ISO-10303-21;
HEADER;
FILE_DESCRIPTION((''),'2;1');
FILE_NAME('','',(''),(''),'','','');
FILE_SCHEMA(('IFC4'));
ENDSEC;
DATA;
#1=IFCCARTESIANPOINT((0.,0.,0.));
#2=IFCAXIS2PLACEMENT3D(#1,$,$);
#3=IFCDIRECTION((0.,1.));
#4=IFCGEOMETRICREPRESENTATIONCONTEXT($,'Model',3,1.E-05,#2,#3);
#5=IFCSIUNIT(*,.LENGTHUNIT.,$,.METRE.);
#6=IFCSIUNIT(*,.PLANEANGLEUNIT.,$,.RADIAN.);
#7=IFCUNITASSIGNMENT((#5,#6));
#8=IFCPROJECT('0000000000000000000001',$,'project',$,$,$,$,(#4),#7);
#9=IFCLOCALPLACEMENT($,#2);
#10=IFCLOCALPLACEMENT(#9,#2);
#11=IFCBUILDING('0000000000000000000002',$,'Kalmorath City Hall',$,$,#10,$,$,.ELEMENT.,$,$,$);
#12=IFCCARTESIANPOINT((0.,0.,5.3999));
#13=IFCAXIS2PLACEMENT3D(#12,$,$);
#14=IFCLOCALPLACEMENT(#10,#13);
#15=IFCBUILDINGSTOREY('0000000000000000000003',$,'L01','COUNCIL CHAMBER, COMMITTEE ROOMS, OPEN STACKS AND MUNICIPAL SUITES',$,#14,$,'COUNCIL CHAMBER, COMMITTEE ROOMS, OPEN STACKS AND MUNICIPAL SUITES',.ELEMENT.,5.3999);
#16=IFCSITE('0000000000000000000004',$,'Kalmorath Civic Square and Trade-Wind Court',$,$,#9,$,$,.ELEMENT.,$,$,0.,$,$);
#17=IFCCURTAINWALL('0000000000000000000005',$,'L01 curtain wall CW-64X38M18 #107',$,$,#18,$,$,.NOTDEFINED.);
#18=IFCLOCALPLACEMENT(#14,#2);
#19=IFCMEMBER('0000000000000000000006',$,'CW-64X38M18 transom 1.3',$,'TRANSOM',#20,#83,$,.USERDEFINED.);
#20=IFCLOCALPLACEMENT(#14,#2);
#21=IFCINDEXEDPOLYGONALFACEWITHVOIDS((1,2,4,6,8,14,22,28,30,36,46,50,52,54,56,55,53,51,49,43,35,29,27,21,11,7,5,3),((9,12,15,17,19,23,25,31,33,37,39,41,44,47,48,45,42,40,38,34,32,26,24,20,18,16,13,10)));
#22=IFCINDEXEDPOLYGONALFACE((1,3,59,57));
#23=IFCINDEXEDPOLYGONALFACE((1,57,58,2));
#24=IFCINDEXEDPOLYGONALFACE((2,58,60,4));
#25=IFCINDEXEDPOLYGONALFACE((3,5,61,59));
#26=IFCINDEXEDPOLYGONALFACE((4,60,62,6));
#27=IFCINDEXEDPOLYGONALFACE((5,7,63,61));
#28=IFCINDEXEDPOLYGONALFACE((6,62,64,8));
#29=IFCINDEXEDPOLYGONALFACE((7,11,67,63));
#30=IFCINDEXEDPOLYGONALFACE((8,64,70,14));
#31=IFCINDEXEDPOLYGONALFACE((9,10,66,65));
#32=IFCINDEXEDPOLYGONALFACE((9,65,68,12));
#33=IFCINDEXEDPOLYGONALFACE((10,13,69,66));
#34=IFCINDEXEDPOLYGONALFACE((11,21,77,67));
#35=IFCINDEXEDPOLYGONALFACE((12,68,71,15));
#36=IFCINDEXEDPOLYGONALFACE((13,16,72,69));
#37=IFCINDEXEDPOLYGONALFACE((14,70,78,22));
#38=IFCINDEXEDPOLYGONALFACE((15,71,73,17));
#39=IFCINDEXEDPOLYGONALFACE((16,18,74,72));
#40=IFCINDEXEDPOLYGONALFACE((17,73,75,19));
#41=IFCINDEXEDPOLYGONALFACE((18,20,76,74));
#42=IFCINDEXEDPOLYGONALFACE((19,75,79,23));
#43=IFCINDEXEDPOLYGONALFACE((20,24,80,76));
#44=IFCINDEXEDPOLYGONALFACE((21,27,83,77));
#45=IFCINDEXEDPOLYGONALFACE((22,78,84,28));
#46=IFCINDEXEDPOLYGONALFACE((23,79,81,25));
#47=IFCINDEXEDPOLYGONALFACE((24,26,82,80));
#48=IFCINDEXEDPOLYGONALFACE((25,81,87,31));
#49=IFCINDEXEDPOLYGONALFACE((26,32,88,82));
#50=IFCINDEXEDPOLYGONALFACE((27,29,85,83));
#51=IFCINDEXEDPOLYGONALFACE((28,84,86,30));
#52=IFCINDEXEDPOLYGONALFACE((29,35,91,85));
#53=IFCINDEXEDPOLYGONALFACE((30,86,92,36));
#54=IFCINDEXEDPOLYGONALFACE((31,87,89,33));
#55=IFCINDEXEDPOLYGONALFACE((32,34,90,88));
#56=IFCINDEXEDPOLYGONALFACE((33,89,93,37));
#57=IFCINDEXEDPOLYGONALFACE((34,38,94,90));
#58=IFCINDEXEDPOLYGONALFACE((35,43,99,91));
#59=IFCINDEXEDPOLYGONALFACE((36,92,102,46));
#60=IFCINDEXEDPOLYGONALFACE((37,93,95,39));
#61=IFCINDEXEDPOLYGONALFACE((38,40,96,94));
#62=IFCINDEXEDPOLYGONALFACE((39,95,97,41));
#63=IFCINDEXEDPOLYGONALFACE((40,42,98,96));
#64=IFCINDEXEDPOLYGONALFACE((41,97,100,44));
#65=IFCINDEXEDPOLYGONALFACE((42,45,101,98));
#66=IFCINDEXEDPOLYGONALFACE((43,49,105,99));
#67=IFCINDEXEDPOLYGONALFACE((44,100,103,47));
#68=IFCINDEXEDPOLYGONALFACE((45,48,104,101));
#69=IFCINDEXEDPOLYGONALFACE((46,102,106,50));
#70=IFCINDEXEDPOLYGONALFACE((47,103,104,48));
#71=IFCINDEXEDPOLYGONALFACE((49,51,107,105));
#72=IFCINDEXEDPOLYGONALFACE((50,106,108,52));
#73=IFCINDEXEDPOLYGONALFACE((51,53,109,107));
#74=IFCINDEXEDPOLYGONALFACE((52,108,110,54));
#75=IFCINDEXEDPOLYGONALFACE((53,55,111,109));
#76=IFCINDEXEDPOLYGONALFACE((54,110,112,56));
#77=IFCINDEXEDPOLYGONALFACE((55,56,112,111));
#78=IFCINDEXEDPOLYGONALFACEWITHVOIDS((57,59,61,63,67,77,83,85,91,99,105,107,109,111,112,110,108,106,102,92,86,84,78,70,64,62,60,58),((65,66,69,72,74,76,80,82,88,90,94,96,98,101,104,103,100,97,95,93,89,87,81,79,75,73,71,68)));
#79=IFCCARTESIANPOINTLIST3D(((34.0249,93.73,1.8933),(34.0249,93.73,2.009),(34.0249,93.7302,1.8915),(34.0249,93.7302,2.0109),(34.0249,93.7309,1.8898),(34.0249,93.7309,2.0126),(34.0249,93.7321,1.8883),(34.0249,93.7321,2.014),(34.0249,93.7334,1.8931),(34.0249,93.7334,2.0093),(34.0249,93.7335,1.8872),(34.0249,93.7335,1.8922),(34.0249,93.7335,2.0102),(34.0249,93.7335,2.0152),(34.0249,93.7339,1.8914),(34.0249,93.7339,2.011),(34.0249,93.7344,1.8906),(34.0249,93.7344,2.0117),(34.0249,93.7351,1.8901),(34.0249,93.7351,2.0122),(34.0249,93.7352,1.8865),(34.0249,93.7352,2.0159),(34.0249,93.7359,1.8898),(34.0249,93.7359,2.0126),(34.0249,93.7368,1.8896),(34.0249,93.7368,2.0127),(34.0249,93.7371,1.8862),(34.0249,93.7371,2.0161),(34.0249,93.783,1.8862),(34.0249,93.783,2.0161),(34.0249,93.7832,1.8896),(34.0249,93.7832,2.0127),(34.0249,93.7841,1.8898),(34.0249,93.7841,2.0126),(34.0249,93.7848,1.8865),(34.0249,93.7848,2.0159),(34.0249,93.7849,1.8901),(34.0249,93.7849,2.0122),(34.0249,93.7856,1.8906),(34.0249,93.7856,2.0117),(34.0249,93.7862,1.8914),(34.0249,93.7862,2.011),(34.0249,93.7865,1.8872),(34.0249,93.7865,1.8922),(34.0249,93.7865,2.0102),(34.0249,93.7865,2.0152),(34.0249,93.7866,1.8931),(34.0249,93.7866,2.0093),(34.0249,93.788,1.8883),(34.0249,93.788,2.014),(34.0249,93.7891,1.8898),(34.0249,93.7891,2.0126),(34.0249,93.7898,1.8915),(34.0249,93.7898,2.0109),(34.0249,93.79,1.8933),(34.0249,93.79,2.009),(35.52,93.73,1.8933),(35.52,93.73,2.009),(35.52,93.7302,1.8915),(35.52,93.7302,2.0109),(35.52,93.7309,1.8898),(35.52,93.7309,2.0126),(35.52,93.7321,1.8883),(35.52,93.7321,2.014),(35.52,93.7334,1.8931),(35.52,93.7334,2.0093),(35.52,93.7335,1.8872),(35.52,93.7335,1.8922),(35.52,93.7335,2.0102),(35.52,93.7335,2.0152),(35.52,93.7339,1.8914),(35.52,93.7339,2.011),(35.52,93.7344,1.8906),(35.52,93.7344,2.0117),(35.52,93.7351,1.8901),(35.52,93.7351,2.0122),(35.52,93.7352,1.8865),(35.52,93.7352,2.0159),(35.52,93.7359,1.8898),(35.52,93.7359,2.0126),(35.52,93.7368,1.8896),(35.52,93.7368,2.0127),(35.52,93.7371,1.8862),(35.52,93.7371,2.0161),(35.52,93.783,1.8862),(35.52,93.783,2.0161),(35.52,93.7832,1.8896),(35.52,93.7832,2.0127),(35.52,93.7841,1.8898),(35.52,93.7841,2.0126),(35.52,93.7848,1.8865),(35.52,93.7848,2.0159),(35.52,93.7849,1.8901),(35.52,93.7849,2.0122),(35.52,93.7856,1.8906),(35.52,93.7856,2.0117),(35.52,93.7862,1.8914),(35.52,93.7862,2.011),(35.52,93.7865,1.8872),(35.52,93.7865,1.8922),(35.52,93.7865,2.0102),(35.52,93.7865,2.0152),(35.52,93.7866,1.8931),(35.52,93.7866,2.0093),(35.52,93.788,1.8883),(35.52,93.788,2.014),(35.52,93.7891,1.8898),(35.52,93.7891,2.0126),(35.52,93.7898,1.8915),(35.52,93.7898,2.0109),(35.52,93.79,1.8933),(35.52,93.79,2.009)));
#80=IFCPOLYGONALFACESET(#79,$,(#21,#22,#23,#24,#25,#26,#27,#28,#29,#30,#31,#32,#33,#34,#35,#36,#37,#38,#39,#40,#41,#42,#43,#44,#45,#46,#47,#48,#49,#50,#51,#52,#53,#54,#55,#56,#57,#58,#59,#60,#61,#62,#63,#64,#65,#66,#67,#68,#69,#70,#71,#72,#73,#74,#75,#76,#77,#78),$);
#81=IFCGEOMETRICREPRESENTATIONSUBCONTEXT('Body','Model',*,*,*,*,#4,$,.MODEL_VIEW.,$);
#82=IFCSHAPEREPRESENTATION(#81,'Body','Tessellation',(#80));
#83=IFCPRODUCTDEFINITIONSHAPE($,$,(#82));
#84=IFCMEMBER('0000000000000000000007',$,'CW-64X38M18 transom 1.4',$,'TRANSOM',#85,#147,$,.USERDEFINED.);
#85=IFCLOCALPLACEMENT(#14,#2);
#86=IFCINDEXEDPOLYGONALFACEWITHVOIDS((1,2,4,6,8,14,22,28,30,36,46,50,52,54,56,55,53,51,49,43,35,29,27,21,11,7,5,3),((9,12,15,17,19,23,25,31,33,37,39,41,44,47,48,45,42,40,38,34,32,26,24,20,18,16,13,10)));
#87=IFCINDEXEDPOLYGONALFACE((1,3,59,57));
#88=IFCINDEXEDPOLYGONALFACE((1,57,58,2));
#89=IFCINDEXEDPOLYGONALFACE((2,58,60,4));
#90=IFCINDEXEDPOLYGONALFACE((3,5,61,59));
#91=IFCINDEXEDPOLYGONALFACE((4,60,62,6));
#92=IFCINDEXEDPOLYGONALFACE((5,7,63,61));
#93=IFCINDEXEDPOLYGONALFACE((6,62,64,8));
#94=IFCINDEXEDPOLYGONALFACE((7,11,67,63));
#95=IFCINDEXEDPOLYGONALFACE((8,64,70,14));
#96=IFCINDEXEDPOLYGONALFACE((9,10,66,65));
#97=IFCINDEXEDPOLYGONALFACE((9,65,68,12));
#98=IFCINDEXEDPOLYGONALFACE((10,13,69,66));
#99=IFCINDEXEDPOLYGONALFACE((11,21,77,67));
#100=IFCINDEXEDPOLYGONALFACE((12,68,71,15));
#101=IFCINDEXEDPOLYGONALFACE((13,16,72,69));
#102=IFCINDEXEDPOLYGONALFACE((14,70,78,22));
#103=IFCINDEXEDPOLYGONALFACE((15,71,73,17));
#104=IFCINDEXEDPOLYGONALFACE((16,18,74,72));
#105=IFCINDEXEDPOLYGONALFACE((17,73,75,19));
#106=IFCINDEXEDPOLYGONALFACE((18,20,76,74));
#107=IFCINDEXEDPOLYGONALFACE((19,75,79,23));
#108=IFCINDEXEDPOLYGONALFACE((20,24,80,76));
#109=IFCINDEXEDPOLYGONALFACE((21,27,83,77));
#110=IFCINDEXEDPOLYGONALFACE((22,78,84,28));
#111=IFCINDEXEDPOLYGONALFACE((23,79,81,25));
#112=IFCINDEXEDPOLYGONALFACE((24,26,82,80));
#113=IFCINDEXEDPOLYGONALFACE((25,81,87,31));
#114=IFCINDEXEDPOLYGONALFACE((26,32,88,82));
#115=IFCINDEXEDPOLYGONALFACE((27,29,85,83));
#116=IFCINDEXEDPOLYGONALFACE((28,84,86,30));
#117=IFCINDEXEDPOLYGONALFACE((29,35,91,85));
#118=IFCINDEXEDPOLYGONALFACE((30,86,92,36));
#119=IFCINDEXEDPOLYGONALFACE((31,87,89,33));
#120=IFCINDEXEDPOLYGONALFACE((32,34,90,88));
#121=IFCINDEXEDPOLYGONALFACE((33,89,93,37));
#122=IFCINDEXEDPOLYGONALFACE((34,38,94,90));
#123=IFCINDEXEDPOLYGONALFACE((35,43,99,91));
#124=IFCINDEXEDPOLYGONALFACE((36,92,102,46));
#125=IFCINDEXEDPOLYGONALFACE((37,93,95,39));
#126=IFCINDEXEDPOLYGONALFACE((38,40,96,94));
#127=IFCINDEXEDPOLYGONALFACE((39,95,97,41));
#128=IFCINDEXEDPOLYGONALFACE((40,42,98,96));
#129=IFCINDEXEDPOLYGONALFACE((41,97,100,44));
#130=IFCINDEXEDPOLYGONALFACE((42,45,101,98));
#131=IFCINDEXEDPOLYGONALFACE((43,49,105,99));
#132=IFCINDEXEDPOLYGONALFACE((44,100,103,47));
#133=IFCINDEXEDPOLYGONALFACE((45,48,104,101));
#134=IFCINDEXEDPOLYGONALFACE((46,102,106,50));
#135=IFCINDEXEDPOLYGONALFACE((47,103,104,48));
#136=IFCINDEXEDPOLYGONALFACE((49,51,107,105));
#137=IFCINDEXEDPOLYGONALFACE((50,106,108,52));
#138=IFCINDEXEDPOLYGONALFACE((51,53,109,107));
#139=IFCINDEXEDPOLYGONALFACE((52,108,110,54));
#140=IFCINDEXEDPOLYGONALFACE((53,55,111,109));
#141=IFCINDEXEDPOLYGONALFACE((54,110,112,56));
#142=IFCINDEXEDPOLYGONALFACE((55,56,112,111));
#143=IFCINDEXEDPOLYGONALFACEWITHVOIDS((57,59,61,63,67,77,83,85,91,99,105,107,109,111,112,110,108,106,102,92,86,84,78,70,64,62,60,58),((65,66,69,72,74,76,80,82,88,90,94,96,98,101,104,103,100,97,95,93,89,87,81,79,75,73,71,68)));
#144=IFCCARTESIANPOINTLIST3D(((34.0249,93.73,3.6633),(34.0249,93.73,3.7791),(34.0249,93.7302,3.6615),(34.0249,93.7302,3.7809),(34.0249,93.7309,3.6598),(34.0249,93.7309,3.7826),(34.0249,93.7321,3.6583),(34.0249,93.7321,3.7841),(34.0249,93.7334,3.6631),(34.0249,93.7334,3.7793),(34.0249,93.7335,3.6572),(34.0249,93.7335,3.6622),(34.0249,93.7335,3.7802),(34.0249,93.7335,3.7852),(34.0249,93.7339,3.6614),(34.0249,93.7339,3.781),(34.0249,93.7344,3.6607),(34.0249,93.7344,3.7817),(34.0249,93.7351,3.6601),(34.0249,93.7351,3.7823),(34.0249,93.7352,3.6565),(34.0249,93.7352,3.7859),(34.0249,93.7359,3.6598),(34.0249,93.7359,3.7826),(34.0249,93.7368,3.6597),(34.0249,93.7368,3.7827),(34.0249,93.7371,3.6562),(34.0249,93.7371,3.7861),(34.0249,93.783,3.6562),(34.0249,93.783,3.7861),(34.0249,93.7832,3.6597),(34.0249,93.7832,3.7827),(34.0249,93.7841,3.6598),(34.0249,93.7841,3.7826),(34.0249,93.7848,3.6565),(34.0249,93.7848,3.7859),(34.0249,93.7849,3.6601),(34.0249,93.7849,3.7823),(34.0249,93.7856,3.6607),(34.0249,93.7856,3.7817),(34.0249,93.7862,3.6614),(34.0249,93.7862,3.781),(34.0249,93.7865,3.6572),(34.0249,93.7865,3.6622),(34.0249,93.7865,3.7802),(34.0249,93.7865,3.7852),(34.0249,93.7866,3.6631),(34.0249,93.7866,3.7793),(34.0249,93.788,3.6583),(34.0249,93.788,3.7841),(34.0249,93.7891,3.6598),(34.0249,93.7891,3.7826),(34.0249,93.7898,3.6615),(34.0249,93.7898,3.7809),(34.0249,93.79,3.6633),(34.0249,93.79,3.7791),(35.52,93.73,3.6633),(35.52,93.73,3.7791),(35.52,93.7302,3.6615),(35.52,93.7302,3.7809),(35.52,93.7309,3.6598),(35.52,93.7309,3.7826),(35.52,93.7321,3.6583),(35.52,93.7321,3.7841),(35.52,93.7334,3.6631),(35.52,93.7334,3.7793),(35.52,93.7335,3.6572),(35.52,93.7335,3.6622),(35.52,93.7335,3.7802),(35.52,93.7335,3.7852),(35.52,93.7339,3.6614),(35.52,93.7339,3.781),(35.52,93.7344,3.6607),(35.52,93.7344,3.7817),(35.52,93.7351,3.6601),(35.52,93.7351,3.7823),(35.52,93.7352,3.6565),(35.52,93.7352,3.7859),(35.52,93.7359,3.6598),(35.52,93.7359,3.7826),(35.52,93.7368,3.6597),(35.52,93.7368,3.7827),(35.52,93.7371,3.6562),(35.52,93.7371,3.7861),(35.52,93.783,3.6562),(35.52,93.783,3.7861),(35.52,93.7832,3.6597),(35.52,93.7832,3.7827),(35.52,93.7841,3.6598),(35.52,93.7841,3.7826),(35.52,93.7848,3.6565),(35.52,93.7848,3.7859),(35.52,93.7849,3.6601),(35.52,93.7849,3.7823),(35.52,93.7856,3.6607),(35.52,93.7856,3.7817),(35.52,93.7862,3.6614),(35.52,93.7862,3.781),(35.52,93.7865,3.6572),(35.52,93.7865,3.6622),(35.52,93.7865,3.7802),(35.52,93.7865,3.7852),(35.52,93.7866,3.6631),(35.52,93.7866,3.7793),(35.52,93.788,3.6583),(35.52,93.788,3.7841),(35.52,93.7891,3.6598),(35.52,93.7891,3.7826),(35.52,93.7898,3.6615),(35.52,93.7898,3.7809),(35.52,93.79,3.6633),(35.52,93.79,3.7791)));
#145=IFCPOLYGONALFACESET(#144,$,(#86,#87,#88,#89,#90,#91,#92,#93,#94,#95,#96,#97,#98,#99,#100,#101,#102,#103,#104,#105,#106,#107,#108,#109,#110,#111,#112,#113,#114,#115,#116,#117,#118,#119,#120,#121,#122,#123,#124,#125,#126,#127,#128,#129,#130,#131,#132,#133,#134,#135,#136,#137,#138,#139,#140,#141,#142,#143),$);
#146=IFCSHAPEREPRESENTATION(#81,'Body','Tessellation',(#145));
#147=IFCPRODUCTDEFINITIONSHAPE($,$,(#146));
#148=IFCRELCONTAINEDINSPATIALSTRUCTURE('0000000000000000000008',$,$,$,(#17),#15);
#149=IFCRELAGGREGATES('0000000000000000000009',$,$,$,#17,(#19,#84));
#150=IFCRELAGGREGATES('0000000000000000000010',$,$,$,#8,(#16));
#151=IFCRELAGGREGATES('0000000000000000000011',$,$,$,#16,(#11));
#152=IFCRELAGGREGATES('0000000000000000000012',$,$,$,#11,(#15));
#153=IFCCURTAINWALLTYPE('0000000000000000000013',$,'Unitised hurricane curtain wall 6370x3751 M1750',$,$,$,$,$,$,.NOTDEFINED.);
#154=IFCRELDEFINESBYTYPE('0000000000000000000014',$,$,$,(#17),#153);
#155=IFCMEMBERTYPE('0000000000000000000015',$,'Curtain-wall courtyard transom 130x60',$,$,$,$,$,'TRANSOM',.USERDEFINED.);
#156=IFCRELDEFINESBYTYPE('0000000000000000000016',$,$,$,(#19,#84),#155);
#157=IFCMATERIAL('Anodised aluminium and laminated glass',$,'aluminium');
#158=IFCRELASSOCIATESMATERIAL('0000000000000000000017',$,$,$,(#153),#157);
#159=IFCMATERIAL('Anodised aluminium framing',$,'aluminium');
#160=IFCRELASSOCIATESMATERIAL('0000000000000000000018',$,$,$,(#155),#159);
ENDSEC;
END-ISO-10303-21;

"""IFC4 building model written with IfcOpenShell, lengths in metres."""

from ifc_helpers import new_model, si_unit, direction, frame, origin, origin_2d, place, context, subcontext, project, spatial, hollow_rectangle, extrude, material, material_profile, profile_set, type_object, element, aggregate, save


model = new_model("IFC4")

# Units and contexts
model_context = context("Model", 3, precision=1e-05, world=origin(), true_north=direction((0.0, 1.0)))
body_context = subcontext(model_context, "Body", "Model", "MODEL_VIEW")
ifc_project = project(units=[si_unit("LENGTHUNIT", "METRE"), si_unit("PLANEANGLEUNIT", "RADIAN")], contexts=[model_context])

# Site, building, storey
site_placement = place(None, origin())
site = spatial("IfcSite", under=ifc_project, at=site_placement, Name="Kalmorath Civic Square and Trade-Wind Court", CompositionType="ELEMENT", RefElevation=0.0)
building_placement = place(site_placement, origin())
building = spatial("IfcBuilding", under=site, at=building_placement, Name="Kalmorath City Hall", CompositionType="ELEMENT")
storey_placement = place(building_placement, frame((0.0, 0.0, 5.3999)))
storey = spatial("IfcBuildingStorey", under=building, at=storey_placement, Name="L01", Description="COUNCIL CHAMBER, COMMITTEE ROOMS, OPEN STACKS AND MUNICIPAL SUITES", LongName="COUNCIL CHAMBER, COMMITTEE ROOMS, OPEN STACKS AND MUNICIPAL SUITES", CompositionType="ELEMENT", Elevation=5.3999)

# Shared definitions
ifc_material_1 = material(Name="Anodised aluminium and laminated glass", Category="aluminium")
curtain_wall_type = type_object("IfcCurtainWallType", Name="Unitised hurricane curtain wall 6370x3751 M1750", PredefinedType="NOTDEFINED", material=ifc_material_1)

# Curtain wall
curtain_wall_1_placement = place(storey_placement, origin())
curtain_wall_1 = element("IfcCurtainWall", 1, at=curtain_wall_1_placement, inside=storey, type_object=curtain_wall_type, Name="L01 curtain wall CW-64X38M18 #107", PredefinedType="NOTDEFINED")

# Members
ifc_material_2 = material(Name="Anodised aluminium framing", Category="aluminium")
ifc_material_profile_1 = material_profile(ifc_material_2, hollow_rectangle(XDim=0.0601, YDim=0.1299, WallThickness=0.0034, InnerFilletRadius=0.0034, OuterFilletRadius=0.0071, at=origin_2d()), Name="ALU-TRN-130X60X3.5")
ifc_profile_set_1 = profile_set([ifc_material_profile_1], Name="Anodised aluminium framing")
member_type_1 = type_object("IfcMemberType", Name="Curtain-wall courtyard transom 130x60", ElementType="TRANSOM", PredefinedType="USERDEFINED", material=ifc_profile_set_1)
member_1_placement = place(storey_placement, frame((35.52, 93.76, 1.9512), z_axis=(-1.0, 0.0, 0.0), x_axis=(0.0, -1.0, 0.0)))
member_1 = element("IfcMember", 2, at=member_1_placement, type_object=member_type_1, Name="CW-64X38M18 transom 1.3", ObjectType="TRANSOM", PredefinedType="USERDEFINED", context=body_context, shape_type="SweptSolid", body=[
    extrude(hollow_rectangle(XDim=0.0601, YDim=0.1299, WallThickness=0.0034, InnerFilletRadius=0.0034, OuterFilletRadius=0.0071, at=origin_2d()), origin(), (0.0, 0.0, 1.0), 1.4951),
])
member_2_placement = place(storey_placement, frame((35.52, 93.76, 3.7212), z_axis=(-1.0, 0.0, 0.0), x_axis=(0.0, -1.0, 0.0)))
member_2 = element("IfcMember", 3, at=member_2_placement, type_object=member_type_1, Name="CW-64X38M18 transom 1.4", ObjectType="TRANSOM", PredefinedType="USERDEFINED", context=body_context, shape_type="SweptSolid", body=[
    extrude(hollow_rectangle(XDim=0.0601, YDim=0.1299, WallThickness=0.0034, InnerFilletRadius=0.0034, OuterFilletRadius=0.0071, at=origin_2d()), origin(), (0.0, 0.0, 1.0), 1.4951),
])

aggregate(curtain_wall_1, [member_1, member_2])

save(model, "model.ifc")
